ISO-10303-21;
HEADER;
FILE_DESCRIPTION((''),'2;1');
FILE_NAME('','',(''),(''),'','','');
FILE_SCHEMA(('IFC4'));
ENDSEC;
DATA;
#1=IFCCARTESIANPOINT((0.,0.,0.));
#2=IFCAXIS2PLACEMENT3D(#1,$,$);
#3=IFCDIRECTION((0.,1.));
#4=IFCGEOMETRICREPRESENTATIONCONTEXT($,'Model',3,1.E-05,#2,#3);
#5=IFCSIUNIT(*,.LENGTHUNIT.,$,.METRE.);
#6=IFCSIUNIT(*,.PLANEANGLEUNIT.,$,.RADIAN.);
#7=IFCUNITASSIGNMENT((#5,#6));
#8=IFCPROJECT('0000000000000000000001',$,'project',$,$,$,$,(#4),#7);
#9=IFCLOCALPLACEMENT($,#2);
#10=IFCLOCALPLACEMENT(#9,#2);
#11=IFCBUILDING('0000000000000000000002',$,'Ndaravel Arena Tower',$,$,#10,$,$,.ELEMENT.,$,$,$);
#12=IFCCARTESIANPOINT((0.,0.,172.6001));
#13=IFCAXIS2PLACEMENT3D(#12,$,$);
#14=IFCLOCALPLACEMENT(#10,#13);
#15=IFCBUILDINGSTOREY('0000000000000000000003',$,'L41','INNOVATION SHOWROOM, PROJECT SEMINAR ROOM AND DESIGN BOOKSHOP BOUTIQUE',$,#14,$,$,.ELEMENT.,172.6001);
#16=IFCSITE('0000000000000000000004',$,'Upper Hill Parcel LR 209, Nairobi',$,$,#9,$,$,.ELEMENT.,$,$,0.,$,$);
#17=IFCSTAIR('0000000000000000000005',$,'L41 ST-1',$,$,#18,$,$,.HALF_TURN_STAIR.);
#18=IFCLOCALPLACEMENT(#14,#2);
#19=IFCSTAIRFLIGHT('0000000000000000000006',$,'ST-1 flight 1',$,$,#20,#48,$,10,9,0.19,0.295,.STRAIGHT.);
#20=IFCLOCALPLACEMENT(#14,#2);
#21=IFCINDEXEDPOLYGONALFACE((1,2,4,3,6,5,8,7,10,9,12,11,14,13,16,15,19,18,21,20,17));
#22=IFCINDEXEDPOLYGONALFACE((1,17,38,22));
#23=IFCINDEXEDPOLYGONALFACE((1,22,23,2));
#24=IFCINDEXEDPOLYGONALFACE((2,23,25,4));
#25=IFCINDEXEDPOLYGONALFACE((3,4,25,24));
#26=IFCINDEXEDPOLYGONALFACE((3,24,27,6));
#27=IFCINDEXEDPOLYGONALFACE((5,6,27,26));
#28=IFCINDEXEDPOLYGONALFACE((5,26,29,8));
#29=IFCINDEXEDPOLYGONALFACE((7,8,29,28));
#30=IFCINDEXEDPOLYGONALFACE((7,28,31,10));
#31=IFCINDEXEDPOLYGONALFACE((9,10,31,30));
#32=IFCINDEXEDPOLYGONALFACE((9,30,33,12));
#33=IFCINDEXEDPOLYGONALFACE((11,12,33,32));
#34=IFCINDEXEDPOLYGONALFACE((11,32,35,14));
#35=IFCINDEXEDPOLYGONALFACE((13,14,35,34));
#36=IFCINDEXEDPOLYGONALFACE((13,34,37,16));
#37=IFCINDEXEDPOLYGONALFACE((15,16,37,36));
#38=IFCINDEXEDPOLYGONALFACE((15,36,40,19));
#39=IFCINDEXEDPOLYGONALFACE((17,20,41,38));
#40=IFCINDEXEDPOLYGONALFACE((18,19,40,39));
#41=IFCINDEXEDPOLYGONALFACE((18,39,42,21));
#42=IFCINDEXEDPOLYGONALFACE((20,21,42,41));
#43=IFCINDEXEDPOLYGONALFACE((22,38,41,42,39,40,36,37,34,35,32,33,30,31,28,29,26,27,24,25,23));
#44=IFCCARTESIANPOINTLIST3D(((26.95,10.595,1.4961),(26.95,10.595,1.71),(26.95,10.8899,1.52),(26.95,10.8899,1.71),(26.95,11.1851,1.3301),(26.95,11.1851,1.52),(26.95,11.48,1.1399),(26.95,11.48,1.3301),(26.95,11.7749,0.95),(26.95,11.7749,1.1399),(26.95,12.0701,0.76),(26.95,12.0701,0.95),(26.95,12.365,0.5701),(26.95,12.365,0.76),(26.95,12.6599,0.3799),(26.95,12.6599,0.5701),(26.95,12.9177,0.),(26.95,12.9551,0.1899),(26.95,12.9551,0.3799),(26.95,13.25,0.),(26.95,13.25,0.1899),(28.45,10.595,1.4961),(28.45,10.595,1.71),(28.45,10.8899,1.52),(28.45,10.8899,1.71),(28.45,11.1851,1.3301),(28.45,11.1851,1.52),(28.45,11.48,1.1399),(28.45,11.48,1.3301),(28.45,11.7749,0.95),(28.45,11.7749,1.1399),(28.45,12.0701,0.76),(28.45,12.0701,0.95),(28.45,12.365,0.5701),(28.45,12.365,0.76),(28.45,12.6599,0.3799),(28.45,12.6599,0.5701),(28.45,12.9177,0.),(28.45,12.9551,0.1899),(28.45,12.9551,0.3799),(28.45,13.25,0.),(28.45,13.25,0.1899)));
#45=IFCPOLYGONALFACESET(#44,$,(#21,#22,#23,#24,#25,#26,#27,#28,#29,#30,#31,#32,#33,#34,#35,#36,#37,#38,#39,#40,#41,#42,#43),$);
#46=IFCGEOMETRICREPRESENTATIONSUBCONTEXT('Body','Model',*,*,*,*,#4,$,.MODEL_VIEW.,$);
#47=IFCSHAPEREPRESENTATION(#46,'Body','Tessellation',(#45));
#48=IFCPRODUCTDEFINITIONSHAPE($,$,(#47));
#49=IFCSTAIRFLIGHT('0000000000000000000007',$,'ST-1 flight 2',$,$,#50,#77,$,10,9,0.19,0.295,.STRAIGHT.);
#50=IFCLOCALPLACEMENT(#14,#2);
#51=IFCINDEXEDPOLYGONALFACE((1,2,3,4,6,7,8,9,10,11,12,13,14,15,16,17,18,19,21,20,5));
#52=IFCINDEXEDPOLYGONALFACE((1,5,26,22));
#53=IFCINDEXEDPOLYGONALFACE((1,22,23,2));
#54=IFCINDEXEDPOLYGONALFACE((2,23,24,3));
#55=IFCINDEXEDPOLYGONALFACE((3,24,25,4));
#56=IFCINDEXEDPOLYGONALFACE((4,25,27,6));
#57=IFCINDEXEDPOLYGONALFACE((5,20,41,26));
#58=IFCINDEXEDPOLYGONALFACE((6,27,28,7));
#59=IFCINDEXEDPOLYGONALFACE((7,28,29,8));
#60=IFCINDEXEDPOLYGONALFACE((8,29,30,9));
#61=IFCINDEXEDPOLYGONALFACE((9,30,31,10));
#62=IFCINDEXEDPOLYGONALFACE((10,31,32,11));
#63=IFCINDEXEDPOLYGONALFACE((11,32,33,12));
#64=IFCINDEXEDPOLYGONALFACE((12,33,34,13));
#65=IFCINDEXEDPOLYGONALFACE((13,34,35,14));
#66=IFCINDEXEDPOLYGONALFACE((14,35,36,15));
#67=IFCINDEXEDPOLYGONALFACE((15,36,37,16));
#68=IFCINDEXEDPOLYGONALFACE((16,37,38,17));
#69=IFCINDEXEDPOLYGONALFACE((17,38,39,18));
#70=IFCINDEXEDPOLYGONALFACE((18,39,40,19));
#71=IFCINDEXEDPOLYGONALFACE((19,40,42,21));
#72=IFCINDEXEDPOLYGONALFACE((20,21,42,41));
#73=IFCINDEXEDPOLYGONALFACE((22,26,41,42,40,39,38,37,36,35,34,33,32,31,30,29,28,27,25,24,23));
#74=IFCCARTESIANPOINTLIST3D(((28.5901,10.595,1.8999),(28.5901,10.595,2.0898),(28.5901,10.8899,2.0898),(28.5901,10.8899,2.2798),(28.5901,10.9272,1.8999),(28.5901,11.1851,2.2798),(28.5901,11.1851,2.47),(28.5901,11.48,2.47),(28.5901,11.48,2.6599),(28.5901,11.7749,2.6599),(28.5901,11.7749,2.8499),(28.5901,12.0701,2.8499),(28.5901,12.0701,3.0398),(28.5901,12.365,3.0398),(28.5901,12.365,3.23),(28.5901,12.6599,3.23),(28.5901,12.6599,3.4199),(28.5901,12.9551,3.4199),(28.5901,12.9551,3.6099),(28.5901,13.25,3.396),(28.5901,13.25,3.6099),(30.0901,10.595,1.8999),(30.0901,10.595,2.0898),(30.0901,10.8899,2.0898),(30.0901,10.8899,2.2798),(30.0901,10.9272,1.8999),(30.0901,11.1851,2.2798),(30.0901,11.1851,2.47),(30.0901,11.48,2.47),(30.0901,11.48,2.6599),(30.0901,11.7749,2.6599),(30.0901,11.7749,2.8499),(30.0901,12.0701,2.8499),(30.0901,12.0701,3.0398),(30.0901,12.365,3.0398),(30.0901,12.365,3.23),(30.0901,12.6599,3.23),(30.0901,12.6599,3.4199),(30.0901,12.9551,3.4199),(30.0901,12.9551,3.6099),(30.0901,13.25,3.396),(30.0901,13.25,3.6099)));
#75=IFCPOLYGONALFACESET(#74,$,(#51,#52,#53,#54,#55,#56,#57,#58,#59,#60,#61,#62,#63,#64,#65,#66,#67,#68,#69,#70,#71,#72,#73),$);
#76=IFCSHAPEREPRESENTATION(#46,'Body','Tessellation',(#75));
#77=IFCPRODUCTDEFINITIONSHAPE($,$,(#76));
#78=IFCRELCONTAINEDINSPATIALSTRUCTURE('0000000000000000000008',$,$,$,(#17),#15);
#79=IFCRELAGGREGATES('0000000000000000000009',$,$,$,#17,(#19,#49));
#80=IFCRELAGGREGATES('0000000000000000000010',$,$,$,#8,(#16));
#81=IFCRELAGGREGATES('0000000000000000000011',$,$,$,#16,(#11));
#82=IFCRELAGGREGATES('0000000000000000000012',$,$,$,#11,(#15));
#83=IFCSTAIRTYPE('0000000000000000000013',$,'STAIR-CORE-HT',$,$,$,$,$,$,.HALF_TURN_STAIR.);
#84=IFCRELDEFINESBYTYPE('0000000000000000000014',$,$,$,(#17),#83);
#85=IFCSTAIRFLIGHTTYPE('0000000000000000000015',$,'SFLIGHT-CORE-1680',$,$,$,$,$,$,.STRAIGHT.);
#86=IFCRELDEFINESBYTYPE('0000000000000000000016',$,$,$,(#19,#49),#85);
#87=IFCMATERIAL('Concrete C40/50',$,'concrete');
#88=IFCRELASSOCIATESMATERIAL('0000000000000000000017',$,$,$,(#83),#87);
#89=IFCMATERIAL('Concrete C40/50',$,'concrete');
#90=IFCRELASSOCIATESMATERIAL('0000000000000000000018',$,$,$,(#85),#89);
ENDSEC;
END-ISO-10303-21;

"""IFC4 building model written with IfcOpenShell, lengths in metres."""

from ifc_helpers import new_model, si_unit, direction, frame, origin, place, context, subcontext, project, spatial, polyline, outline, extrude, material, type_object, element, aggregate, save


model = new_model("IFC4")

# Units and contexts
model_context = context("Model", 3, precision=1e-05, world=origin(), true_north=direction((0.0, 1.0)))
body_context = subcontext(model_context, "Body", "Model", "MODEL_VIEW")
ifc_project = project(units=[si_unit("LENGTHUNIT", "METRE"), si_unit("PLANEANGLEUNIT", "RADIAN")], contexts=[model_context])

# Site, building, storey
site_placement = place(None, origin())
site = spatial("IfcSite", under=ifc_project, at=site_placement, Name="Upper Hill Parcel LR 209, Nairobi", CompositionType="ELEMENT", RefElevation=0.0)
building_placement = place(site_placement, origin())
building = spatial("IfcBuilding", under=site, at=building_placement, Name="Ndaravel Arena Tower", CompositionType="ELEMENT")
storey_placement = place(building_placement, frame((0.0, 0.0, 172.6001)))
storey = spatial("IfcBuildingStorey", under=building, at=storey_placement, Name="L41", Description="INNOVATION SHOWROOM, PROJECT SEMINAR ROOM AND DESIGN BOOKSHOP BOUTIQUE", CompositionType="ELEMENT", Elevation=172.6001)

# Stair, stair flights
ifc_material_1 = material(Name="Concrete C40/50", Category="concrete")
stair_type = type_object("IfcStairType", Name="STAIR-CORE-HT", PredefinedType="HALF_TURN_STAIR", material=ifc_material_1)
stair_placement = place(storey_placement, origin())
stair = element("IfcStair", 1, at=stair_placement, inside=storey, type_object=stair_type, Name="L41 ST-1", PredefinedType="HALF_TURN_STAIR")
ifc_material_2 = material(Name="Concrete C40/50", Category="concrete")
stair_flight_type = type_object("IfcStairFlightType", Name="SFLIGHT-CORE-1680", PredefinedType="STRAIGHT", material=ifc_material_2)
stair_flight_1_placement = place(storey_placement, frame((27.7, 13.25, 0.0), z_axis=(0.0, 0.0, 1.0), x_axis=(0.0, -1.0, 0.0)))
stair_flight_1 = element("IfcStairFlight", 2, at=stair_flight_1_placement, type_object=stair_flight_type, Name="ST-1 flight 1", NumberOfRisers=10, NumberOfTreads=9, PredefinedType="STRAIGHT", RiserHeight=0.19, TreadLength=0.295, context=body_context, shape_type="SweptSolid", body=[
    extrude(outline(polyline([(0.0, 0.0), (0.0, 0.1899), (0.2949, 0.1899), (0.2949, 0.3799), (0.5901, 0.3799), (0.5901, 0.5701), (0.885, 0.5701), (0.885, 0.76), (1.1799, 0.76), (1.1799, 0.95), (1.4751, 0.95), (1.4751, 1.1399), (1.77, 1.1399), (1.77, 1.3301), (2.0649, 1.3301), (2.0649, 1.52), (2.3601, 1.52), (2.3601, 1.71), (2.655, 1.71), (2.655, 1.8999), (2.655, 1.4961), (0.3323, 0.0), (0.0, 0.0)])), frame((0.0, 0.75, 0.0), z_axis=(0.0, -1.0, 0.0), x_axis=(1.0, 0.0, 0.0)), (0.0, 0.0, 1.0), 1.5),
])
stair_flight_2_placement = place(storey_placement, frame((29.3401, 10.595, 1.8999), z_axis=(0.0, 0.0, 1.0), x_axis=(0.0, 1.0, 0.0)))
stair_flight_2 = element("IfcStairFlight", 3, at=stair_flight_2_placement, type_object=stair_flight_type, Name="ST-1 flight 2", NumberOfRisers=10, NumberOfTreads=9, PredefinedType="STRAIGHT", RiserHeight=0.19, TreadLength=0.295, context=body_context, shape_type="SweptSolid", body=[
    extrude(outline(polyline([(0.0, 0.0), (0.0, 0.1899), (0.2949, 0.1899), (0.2949, 0.3799), (0.5901, 0.3799), (0.5901, 0.5701), (0.885, 0.5701), (0.885, 0.76), (1.1799, 0.76), (1.1799, 0.95), (1.4751, 0.95), (1.4751, 1.1399), (1.77, 1.1399), (1.77, 1.3301), (2.0649, 1.3301), (2.0649, 1.52), (2.3601, 1.52), (2.3601, 1.71), (2.655, 1.71), (2.655, 1.8999), (2.655, 1.4961), (0.3323, 0.0), (0.0, 0.0)])), frame((0.0, 0.75, 0.0), z_axis=(0.0, -1.0, 0.0), x_axis=(1.0, 0.0, 0.0)), (0.0, 0.0, 1.0), 1.5),
])
aggregate(stair, [stair_flight_1, stair_flight_2])

save(model, "model.ifc")
